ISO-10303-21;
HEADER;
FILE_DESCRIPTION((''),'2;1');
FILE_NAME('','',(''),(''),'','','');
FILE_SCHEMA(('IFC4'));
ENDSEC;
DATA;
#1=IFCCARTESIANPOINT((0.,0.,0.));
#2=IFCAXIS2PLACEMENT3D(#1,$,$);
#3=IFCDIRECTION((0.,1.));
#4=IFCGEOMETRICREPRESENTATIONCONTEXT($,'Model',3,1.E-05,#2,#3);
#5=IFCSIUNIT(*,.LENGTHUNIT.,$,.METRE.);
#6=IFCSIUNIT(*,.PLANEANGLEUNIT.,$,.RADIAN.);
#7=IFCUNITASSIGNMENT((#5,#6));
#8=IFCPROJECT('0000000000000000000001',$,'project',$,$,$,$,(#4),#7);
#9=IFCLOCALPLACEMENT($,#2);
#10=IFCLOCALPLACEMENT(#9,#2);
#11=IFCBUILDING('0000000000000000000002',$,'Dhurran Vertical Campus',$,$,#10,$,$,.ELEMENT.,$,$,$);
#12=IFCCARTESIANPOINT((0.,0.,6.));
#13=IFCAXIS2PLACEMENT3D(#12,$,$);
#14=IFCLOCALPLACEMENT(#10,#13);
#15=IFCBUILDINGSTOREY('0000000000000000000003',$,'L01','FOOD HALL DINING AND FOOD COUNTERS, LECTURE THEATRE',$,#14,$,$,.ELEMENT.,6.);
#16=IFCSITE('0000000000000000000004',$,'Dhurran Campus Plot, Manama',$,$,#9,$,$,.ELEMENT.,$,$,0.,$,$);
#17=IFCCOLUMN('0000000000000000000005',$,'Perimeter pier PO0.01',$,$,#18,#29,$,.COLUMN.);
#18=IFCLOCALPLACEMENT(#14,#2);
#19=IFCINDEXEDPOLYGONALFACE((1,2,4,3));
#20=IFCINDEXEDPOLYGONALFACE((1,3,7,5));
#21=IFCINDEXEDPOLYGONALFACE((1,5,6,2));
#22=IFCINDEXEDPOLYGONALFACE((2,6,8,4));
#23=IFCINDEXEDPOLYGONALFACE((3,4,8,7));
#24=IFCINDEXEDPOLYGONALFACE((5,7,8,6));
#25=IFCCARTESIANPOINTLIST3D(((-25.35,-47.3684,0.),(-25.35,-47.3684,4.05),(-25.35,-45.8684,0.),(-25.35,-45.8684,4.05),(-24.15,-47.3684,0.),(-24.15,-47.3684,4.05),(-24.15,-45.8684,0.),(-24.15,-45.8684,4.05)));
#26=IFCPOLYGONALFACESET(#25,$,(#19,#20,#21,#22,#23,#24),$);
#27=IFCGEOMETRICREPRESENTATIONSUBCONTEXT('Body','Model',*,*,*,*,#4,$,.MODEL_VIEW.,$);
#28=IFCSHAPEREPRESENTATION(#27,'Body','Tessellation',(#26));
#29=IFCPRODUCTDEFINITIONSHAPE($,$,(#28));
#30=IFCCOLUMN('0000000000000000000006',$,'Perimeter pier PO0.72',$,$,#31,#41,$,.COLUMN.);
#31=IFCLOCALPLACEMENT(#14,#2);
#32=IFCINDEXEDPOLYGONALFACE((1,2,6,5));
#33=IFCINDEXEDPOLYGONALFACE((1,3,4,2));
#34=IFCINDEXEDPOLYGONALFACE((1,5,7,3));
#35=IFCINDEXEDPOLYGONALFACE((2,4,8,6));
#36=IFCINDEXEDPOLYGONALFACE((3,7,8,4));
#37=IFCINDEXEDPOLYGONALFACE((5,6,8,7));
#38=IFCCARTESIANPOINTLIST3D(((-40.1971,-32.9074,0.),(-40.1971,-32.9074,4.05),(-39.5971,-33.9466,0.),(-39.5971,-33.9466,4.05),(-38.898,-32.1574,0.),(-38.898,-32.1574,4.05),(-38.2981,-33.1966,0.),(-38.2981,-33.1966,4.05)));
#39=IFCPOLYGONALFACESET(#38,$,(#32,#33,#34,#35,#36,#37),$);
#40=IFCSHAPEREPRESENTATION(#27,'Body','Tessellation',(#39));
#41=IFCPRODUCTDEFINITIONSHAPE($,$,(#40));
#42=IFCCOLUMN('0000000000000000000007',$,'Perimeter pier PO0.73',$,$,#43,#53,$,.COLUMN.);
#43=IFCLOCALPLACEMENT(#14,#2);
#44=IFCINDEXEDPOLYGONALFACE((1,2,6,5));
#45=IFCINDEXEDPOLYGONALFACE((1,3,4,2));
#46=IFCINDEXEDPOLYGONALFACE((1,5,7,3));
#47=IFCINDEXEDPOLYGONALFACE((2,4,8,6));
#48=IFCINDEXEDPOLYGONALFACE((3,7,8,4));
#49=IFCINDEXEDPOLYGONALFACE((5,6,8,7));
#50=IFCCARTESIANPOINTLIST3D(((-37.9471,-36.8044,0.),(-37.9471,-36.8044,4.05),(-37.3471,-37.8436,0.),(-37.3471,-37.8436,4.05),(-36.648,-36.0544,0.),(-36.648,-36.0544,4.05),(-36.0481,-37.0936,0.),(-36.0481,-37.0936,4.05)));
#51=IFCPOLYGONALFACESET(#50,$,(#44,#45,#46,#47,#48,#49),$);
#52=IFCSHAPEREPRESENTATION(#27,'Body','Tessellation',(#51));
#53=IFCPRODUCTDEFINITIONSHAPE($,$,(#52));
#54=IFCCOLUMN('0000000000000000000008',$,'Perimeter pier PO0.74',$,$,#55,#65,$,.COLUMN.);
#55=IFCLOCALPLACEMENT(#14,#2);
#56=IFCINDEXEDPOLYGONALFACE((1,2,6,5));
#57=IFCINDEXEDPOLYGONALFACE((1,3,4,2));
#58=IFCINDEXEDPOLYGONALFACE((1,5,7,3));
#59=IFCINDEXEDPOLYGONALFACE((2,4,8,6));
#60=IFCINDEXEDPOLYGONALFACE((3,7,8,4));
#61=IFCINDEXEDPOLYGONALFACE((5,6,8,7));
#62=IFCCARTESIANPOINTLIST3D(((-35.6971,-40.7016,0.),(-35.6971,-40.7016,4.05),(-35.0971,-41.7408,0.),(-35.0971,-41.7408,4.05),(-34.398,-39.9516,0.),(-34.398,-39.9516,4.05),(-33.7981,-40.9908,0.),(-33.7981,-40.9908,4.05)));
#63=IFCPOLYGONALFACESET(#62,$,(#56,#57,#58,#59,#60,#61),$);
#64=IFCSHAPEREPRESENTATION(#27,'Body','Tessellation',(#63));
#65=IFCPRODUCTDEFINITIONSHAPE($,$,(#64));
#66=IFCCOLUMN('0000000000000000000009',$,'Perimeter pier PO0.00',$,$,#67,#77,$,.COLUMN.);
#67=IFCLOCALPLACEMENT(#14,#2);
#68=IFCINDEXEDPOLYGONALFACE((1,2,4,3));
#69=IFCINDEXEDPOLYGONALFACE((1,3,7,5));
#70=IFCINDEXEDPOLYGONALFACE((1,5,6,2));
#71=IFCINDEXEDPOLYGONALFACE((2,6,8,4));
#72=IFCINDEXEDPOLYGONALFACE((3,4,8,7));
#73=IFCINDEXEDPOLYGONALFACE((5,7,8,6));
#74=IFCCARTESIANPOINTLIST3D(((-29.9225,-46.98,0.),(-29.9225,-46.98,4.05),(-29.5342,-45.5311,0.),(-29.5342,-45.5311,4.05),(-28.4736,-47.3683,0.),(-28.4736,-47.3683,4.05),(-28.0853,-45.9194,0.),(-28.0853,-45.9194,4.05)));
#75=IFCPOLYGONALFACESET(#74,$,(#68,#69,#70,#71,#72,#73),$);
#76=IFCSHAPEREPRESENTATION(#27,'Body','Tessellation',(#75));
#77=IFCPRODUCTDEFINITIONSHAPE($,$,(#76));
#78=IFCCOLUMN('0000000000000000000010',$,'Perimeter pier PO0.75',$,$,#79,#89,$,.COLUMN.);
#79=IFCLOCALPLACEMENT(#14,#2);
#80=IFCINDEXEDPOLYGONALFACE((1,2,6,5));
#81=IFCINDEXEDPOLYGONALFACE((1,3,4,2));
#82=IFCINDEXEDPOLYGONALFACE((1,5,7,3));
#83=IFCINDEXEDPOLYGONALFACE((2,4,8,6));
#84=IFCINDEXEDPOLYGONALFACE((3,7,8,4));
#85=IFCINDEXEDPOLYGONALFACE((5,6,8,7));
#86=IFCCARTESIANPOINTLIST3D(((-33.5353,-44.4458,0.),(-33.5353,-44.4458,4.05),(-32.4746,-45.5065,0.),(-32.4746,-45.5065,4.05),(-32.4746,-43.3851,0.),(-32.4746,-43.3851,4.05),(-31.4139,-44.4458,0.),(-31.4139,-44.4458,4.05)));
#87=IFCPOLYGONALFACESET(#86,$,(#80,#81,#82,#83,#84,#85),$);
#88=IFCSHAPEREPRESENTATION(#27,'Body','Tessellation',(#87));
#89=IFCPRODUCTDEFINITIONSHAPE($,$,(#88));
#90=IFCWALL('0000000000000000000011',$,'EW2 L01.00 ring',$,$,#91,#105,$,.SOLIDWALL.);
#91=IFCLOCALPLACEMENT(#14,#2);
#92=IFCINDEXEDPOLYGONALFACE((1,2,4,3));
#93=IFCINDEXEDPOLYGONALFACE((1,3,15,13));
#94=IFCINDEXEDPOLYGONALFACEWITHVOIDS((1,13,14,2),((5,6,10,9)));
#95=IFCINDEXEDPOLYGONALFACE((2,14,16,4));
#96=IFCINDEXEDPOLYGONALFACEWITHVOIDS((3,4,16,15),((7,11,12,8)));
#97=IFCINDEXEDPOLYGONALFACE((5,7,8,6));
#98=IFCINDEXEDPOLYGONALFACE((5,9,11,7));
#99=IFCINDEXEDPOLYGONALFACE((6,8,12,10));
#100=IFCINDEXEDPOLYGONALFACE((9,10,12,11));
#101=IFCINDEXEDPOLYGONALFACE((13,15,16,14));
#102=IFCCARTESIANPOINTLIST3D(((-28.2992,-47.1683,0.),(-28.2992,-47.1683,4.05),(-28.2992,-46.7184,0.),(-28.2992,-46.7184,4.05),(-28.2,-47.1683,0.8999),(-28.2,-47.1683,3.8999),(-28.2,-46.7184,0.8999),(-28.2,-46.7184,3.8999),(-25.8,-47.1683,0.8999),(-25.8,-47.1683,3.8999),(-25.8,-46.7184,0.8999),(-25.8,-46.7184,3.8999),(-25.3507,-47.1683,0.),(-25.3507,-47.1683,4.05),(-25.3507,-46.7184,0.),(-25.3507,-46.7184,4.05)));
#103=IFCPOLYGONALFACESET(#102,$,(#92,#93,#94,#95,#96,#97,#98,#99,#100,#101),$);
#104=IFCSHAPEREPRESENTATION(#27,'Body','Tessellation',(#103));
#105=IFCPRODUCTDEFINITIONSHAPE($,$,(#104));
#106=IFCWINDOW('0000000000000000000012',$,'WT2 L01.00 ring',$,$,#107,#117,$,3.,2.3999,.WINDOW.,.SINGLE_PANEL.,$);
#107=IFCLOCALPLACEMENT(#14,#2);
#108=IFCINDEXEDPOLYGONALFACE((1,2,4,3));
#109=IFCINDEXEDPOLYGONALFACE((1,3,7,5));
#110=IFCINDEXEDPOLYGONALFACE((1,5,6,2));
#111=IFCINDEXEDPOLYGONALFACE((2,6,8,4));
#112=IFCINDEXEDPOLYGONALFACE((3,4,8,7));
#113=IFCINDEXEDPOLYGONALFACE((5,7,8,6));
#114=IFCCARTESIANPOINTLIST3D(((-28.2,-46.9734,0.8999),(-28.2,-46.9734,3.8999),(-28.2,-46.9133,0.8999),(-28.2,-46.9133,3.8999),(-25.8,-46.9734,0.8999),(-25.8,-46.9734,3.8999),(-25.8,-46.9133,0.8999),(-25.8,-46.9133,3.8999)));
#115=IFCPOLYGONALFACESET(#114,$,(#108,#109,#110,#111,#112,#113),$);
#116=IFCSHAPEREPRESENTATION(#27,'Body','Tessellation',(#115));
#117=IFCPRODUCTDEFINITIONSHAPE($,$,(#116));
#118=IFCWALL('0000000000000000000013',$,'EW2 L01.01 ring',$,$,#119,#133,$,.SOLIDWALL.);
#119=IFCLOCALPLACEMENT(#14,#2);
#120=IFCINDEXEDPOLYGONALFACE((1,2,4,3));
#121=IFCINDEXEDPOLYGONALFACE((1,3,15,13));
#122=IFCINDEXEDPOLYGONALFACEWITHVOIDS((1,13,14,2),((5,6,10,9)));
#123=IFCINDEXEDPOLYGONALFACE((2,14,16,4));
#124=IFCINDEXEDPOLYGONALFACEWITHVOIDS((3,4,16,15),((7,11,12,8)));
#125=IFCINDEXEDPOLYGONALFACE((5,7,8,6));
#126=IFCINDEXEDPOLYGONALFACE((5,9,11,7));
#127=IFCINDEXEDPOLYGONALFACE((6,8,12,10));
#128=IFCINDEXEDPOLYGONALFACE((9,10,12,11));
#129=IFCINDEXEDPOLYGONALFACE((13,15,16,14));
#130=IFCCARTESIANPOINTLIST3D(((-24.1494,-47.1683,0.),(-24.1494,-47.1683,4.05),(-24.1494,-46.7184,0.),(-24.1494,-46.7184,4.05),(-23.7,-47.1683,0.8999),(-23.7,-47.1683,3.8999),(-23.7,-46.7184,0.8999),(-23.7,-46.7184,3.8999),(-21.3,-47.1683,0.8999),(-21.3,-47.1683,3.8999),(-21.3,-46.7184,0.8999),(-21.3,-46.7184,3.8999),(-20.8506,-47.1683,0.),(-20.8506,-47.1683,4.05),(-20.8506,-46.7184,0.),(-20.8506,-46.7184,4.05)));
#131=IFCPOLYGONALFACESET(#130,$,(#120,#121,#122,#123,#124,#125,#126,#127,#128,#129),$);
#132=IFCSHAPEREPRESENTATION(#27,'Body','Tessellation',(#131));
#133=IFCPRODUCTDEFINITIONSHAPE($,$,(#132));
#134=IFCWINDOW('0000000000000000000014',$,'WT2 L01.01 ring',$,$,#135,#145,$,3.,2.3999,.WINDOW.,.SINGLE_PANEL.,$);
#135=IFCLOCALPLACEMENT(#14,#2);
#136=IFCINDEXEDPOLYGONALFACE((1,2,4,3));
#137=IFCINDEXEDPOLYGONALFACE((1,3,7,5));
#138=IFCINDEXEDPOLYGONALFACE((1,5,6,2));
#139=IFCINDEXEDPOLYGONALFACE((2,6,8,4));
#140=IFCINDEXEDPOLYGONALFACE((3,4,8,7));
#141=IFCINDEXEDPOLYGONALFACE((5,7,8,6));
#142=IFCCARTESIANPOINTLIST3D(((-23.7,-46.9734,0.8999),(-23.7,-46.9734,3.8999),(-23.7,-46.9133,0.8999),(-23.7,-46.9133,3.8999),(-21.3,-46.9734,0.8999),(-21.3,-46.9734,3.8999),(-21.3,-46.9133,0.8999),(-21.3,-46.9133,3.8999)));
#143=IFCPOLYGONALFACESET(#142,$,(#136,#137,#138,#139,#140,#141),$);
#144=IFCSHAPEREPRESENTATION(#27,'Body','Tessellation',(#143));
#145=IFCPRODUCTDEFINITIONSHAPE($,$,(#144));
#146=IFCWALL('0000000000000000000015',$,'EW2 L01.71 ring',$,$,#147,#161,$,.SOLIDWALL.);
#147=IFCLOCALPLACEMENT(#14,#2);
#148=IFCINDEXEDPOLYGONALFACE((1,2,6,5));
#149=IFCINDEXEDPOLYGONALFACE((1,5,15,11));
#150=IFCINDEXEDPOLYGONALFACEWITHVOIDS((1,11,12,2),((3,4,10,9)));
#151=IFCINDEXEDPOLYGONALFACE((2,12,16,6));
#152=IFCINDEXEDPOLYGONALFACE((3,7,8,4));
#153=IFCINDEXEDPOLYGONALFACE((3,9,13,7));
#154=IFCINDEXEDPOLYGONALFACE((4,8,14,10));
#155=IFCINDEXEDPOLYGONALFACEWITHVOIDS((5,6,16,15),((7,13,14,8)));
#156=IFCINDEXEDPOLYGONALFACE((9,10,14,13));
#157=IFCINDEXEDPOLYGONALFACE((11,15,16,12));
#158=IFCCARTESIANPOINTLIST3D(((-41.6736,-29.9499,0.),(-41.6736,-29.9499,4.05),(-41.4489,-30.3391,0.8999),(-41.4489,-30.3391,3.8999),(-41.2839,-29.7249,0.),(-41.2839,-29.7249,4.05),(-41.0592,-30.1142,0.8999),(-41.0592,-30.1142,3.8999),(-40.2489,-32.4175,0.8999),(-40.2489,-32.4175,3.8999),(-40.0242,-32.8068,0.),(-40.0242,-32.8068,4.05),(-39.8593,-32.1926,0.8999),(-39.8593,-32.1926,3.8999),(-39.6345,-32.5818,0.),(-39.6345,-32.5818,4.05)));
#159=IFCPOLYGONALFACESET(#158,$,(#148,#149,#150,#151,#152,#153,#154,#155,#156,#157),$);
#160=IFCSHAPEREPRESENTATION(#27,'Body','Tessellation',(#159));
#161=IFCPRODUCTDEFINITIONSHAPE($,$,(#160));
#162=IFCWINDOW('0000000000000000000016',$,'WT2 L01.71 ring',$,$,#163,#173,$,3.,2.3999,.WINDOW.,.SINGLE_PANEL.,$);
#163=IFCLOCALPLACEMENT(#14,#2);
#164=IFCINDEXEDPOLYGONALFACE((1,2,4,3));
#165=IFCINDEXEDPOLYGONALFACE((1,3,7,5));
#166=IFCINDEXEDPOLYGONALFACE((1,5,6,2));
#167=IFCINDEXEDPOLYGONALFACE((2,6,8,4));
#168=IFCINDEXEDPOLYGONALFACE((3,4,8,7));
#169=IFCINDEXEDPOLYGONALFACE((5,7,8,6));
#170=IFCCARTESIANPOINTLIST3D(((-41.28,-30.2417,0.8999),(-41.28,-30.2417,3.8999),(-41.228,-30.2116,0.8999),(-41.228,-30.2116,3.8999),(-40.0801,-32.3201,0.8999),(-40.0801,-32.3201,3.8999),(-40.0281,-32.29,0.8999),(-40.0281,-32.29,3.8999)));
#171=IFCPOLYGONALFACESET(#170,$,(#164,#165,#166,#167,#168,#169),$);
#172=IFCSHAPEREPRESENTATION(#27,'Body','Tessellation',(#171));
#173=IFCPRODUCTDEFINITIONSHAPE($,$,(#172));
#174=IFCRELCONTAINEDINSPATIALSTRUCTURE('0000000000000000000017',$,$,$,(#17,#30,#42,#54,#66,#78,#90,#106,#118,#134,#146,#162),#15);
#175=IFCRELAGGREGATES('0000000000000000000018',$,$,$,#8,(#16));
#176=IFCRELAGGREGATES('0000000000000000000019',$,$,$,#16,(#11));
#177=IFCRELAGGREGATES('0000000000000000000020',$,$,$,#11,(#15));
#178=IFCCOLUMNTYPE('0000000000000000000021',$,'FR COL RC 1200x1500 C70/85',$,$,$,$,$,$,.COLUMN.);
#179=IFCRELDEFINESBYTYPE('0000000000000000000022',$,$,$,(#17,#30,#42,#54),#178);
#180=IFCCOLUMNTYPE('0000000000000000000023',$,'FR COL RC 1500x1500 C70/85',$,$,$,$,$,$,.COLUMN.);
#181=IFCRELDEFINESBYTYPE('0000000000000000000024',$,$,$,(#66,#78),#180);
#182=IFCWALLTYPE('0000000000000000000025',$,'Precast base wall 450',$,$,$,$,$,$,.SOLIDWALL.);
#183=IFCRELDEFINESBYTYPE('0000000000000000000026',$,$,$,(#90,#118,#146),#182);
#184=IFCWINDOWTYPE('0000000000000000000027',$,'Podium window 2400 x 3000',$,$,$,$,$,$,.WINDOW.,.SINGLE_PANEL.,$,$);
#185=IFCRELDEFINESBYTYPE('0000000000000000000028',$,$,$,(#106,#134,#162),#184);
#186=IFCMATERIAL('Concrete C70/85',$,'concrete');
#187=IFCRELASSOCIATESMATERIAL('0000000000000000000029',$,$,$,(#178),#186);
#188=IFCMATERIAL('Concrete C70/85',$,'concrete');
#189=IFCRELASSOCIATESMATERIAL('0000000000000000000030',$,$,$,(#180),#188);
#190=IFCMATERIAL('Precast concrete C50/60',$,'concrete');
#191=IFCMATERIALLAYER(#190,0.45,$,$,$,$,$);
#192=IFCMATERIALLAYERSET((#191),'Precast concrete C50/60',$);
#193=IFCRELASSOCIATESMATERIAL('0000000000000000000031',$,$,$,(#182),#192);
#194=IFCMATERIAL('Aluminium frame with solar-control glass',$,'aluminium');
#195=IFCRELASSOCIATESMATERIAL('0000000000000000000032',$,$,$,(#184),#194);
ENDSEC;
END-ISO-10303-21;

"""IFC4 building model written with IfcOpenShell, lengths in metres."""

from ifc_helpers import new_model, si_unit, direction, frame, frame_2d, origin, origin_2d, place, context, subcontext, project, spatial, rectangle, extrude, material, layer, layer_set, material_profile, profile_set, type_object, element, fill, save


model = new_model("IFC4")

# Units and contexts
model_context = context("Model", 3, precision=1e-05, world=origin(), true_north=direction((0.0, 1.0)))
body_context = subcontext(model_context, "Body", "Model", "MODEL_VIEW")
ifc_project = project(units=[si_unit("LENGTHUNIT", "METRE"), si_unit("PLANEANGLEUNIT", "RADIAN")], contexts=[model_context])

# Site, building, storey
site_placement = place(None, origin())
site = spatial("IfcSite", under=ifc_project, at=site_placement, Name="Dhurran Campus Plot, Manama", CompositionType="ELEMENT", RefElevation=0.0)
building_placement = place(site_placement, origin())
building = spatial("IfcBuilding", under=site, at=building_placement, Name="Dhurran Vertical Campus", CompositionType="ELEMENT")
storey_placement = place(building_placement, frame((0.0, 0.0, 6.0)))
storey = spatial("IfcBuildingStorey", under=building, at=storey_placement, Name="L01", Description="FOOD HALL DINING AND FOOD COUNTERS, LECTURE THEATRE", CompositionType="ELEMENT", Elevation=6.0)

# Columns
ifc_material_1 = material(Name="Concrete C70/85", Category="concrete")
ifc_material_profile_1 = material_profile(ifc_material_1, rectangle(XDim=1.2, YDim=1.5, at=origin_2d()), Name="RC 1200x1500")
ifc_profile_set_1 = profile_set([ifc_material_profile_1], Name="Concrete C70/85")
column_type_1 = type_object("IfcColumnType", Name="FR COL RC 1200x1500 C70/85", PredefinedType="COLUMN", material=ifc_profile_set_1)
for number, where, z_axis, x_axis, name in (
    (1, (-24.75, -46.6184, 0.0), (0.0, 0.0, 1.0), (1.0, 0.0, 0.0), "Perimeter pier PO0.01"),
    (2, (-39.2476, -33.052, 0.0), (0.0, 0.0, 1.0), (0.5, -0.866025, 0.0), "Perimeter pier PO0.72"),
    (3, (-36.9976, -36.949, 0.0), (0.0, 0.0, 1.0), (0.5, -0.866025, 0.0), "Perimeter pier PO0.73"),
    (4, (-34.7476, -40.8462, 0.0), (0.0, 0.0, 1.0), (0.5, -0.866025, 0.0), "Perimeter pier PO0.74"),
):
    element("IfcColumn", number, at=place(storey_placement, frame(where, z_axis=z_axis, x_axis=x_axis)), inside=storey, type_object=column_type_1, Name=name, PredefinedType="COLUMN", context=body_context, shape_type="SweptSolid", body=[
        extrude(rectangle(XDim=1.2, YDim=1.5, at=origin_2d()), origin(), (0.0, 0.0, 1.0), 4.05),
    ])
ifc_material_2 = material(Name="Concrete C70/85", Category="concrete")
ifc_material_profile_2 = material_profile(ifc_material_2, rectangle(XDim=1.5, YDim=1.5, at=origin_2d()), Name="RC 1500x1500")
ifc_profile_set_2 = profile_set([ifc_material_profile_2], Name="Concrete C70/85")
column_type_2 = type_object("IfcColumnType", Name="FR COL RC 1500x1500 C70/85", PredefinedType="COLUMN", material=ifc_profile_set_2)
for number, where, z_axis, x_axis, name in (
    (5, (-29.0039, -46.4497, 0.0), (0.0, 0.0, 1.0), (0.965926, -0.258819, 0.0), "Perimeter pier PO0.00"),
    (6, (-32.4746, -44.4458, 0.0), (0.0, 0.0, 1.0), (0.707107, -0.707107, 0.0), "Perimeter pier PO0.75"),
):
    element("IfcColumn", number, at=place(storey_placement, frame(where, z_axis=z_axis, x_axis=x_axis)), inside=storey, type_object=column_type_2, Name=name, PredefinedType="COLUMN", context=body_context, shape_type="SweptSolid", body=[
        extrude(rectangle(XDim=1.5, YDim=1.5, at=origin_2d()), origin(), (0.0, 0.0, 1.0), 4.05),
    ])

# Walls, openings, windows
ifc_material_3 = material(Name="Precast concrete C50/60", Category="concrete")
ifc_layer_1 = layer(ifc_material_3, 0.45)
ifc_layer_set_1 = layer_set([ifc_layer_1], Name="Precast concrete C50/60")
wall_type_1 = type_object("IfcWallType", Name="Precast base wall 450", PredefinedType="SOLIDWALL", material=ifc_layer_set_1)
wall_1_placement = place(storey_placement, frame((-28.2991, -46.9434, 0.0), z_axis=(0.0, 0.0, 1.0), x_axis=(1.0, 0.0, 0.0)))
wall_1 = element("IfcWall", 7, at=wall_1_placement, inside=storey, type_object=wall_type_1, Name="EW2 L01.00 ring", PredefinedType="SOLIDWALL", context=body_context, shape_type="SweptSolid", body=[
    extrude(rectangle(XDim=2.9485, YDim=0.45, at=frame_2d((1.4741, 0.0))), origin(), (0.0, 0.0, 1.0), 4.05),
])
opening_1_placement = place(wall_1_placement, frame((0.0991, 0.0, 0.8999)))
opening_1 = element("IfcOpeningElement", 8, at=opening_1_placement, cuts=wall_1, PredefinedType="OPENING", context=body_context, shape_type="SweptSolid", body=[
    extrude(rectangle(XDim=2.3999, YDim=3.0, at=frame_2d((1.2, 1.5))), frame((0.0, 0.2349, 0.0), z_axis=(0.0, -1.0, 0.0), x_axis=(1.0, 0.0, 0.0)), (0.0, 0.0, 1.0), 0.47),
])
ifc_material_4 = material(Name="Aluminium frame with solar-control glass", Category="aluminium")
window_type = type_object("IfcWindowType", Name="Podium window 2400 x 3000", PartitioningType="SINGLE_PANEL", PredefinedType="WINDOW", material=ifc_material_4)
window_1_placement = place(opening_1_placement, origin())
window_1 = element("IfcWindow", 9, at=window_1_placement, inside=storey, type_object=window_type, Name="WT2 L01.00 ring", OverallHeight=3.0, OverallWidth=2.3999, PartitioningType="SINGLE_PANEL", PredefinedType="WINDOW", context=body_context, shape_type="SweptSolid", body=[
    extrude(rectangle(XDim=2.3999, YDim=3.0, at=frame_2d((1.2, 1.5))), frame((0.0, 0.03, 0.0), z_axis=(0.0, -1.0, 0.0), x_axis=(1.0, 0.0, 0.0)), (0.0, 0.0, 1.0), 0.0601),
])
fill(opening_1, window_1)
wall_2_placement = place(storey_placement, frame((-24.1494, -46.9434, 0.0), z_axis=(0.0, 0.0, 1.0), x_axis=(1.0, 0.0, 0.0)))
wall_2 = element("IfcWall", 10, at=wall_2_placement, inside=storey, type_object=wall_type_1, Name="EW2 L01.01 ring", PredefinedType="SOLIDWALL", context=body_context, shape_type="SweptSolid", body=[
    extrude(rectangle(XDim=3.2988, YDim=0.45, at=frame_2d((1.6494, 0.0))), origin(), (0.0, 0.0, 1.0), 4.05),
])
opening_2_placement = place(wall_2_placement, frame((0.4495, 0.0, 0.8999)))
opening_2 = element("IfcOpeningElement", 11, at=opening_2_placement, cuts=wall_2, PredefinedType="OPENING", context=body_context, shape_type="SweptSolid", body=[
    extrude(rectangle(XDim=2.3999, YDim=3.0, at=frame_2d((1.2, 1.5))), frame((0.0, 0.2349, 0.0), z_axis=(0.0, -1.0, 0.0), x_axis=(1.0, 0.0, 0.0)), (0.0, 0.0, 1.0), 0.47),
])
window_2_placement = place(opening_2_placement, origin())
window_2 = element("IfcWindow", 12, at=window_2_placement, inside=storey, type_object=window_type, Name="WT2 L01.01 ring", OverallHeight=3.0, OverallWidth=2.3999, PartitioningType="SINGLE_PANEL", PredefinedType="WINDOW", context=body_context, shape_type="SweptSolid", body=[
    extrude(rectangle(XDim=2.3999, YDim=3.0, at=frame_2d((1.2, 1.5))), frame((0.0, 0.03, 0.0), z_axis=(0.0, -1.0, 0.0), x_axis=(1.0, 0.0, 0.0)), (0.0, 0.0, 1.0), 0.0601),
])
fill(opening_2, window_2)
wall_3_placement = place(storey_placement, frame((-41.4788, -29.8374, 0.0), z_axis=(0.0, 0.0, 1.0), x_axis=(0.499992, -0.86603, 0.0)))
wall_3 = element("IfcWall", 13, at=wall_3_placement, inside=storey, type_object=wall_type_1, Name="EW2 L01.71 ring", PredefinedType="SOLIDWALL", context=body_context, shape_type="SweptSolid", body=[
    extrude(rectangle(XDim=3.2988, YDim=0.45, at=frame_2d((1.6494, 0.0))), origin(), (0.0, 0.0, 1.0), 4.05),
])
opening_3_placement = place(wall_3_placement, frame((0.4495, 0.0, 0.8999)))
opening_3 = element("IfcOpeningElement", 14, at=opening_3_placement, cuts=wall_3, PredefinedType="OPENING", context=body_context, shape_type="SweptSolid", body=[
    extrude(rectangle(XDim=2.3999, YDim=3.0, at=frame_2d((1.2, 1.5))), frame((0.0, 0.2349, 0.0), z_axis=(0.0, -1.0, 0.0), x_axis=(1.0, 0.0, 0.0)), (0.0, 0.0, 1.0), 0.47),
])
window_3_placement = place(opening_3_placement, origin())
window_3 = element("IfcWindow", 15, at=window_3_placement, inside=storey, type_object=window_type, Name="WT2 L01.71 ring", OverallHeight=3.0, OverallWidth=2.3999, PartitioningType="SINGLE_PANEL", PredefinedType="WINDOW", context=body_context, shape_type="SweptSolid", body=[
    extrude(rectangle(XDim=2.3999, YDim=3.0, at=frame_2d((1.2, 1.5))), frame((0.0, 0.03, 0.0), z_axis=(0.0, -1.0, 0.0), x_axis=(1.0, 0.0, 0.0)), (0.0, 0.0, 1.0), 0.0601),
])
fill(opening_3, window_3)

save(model, "model.ifc")
